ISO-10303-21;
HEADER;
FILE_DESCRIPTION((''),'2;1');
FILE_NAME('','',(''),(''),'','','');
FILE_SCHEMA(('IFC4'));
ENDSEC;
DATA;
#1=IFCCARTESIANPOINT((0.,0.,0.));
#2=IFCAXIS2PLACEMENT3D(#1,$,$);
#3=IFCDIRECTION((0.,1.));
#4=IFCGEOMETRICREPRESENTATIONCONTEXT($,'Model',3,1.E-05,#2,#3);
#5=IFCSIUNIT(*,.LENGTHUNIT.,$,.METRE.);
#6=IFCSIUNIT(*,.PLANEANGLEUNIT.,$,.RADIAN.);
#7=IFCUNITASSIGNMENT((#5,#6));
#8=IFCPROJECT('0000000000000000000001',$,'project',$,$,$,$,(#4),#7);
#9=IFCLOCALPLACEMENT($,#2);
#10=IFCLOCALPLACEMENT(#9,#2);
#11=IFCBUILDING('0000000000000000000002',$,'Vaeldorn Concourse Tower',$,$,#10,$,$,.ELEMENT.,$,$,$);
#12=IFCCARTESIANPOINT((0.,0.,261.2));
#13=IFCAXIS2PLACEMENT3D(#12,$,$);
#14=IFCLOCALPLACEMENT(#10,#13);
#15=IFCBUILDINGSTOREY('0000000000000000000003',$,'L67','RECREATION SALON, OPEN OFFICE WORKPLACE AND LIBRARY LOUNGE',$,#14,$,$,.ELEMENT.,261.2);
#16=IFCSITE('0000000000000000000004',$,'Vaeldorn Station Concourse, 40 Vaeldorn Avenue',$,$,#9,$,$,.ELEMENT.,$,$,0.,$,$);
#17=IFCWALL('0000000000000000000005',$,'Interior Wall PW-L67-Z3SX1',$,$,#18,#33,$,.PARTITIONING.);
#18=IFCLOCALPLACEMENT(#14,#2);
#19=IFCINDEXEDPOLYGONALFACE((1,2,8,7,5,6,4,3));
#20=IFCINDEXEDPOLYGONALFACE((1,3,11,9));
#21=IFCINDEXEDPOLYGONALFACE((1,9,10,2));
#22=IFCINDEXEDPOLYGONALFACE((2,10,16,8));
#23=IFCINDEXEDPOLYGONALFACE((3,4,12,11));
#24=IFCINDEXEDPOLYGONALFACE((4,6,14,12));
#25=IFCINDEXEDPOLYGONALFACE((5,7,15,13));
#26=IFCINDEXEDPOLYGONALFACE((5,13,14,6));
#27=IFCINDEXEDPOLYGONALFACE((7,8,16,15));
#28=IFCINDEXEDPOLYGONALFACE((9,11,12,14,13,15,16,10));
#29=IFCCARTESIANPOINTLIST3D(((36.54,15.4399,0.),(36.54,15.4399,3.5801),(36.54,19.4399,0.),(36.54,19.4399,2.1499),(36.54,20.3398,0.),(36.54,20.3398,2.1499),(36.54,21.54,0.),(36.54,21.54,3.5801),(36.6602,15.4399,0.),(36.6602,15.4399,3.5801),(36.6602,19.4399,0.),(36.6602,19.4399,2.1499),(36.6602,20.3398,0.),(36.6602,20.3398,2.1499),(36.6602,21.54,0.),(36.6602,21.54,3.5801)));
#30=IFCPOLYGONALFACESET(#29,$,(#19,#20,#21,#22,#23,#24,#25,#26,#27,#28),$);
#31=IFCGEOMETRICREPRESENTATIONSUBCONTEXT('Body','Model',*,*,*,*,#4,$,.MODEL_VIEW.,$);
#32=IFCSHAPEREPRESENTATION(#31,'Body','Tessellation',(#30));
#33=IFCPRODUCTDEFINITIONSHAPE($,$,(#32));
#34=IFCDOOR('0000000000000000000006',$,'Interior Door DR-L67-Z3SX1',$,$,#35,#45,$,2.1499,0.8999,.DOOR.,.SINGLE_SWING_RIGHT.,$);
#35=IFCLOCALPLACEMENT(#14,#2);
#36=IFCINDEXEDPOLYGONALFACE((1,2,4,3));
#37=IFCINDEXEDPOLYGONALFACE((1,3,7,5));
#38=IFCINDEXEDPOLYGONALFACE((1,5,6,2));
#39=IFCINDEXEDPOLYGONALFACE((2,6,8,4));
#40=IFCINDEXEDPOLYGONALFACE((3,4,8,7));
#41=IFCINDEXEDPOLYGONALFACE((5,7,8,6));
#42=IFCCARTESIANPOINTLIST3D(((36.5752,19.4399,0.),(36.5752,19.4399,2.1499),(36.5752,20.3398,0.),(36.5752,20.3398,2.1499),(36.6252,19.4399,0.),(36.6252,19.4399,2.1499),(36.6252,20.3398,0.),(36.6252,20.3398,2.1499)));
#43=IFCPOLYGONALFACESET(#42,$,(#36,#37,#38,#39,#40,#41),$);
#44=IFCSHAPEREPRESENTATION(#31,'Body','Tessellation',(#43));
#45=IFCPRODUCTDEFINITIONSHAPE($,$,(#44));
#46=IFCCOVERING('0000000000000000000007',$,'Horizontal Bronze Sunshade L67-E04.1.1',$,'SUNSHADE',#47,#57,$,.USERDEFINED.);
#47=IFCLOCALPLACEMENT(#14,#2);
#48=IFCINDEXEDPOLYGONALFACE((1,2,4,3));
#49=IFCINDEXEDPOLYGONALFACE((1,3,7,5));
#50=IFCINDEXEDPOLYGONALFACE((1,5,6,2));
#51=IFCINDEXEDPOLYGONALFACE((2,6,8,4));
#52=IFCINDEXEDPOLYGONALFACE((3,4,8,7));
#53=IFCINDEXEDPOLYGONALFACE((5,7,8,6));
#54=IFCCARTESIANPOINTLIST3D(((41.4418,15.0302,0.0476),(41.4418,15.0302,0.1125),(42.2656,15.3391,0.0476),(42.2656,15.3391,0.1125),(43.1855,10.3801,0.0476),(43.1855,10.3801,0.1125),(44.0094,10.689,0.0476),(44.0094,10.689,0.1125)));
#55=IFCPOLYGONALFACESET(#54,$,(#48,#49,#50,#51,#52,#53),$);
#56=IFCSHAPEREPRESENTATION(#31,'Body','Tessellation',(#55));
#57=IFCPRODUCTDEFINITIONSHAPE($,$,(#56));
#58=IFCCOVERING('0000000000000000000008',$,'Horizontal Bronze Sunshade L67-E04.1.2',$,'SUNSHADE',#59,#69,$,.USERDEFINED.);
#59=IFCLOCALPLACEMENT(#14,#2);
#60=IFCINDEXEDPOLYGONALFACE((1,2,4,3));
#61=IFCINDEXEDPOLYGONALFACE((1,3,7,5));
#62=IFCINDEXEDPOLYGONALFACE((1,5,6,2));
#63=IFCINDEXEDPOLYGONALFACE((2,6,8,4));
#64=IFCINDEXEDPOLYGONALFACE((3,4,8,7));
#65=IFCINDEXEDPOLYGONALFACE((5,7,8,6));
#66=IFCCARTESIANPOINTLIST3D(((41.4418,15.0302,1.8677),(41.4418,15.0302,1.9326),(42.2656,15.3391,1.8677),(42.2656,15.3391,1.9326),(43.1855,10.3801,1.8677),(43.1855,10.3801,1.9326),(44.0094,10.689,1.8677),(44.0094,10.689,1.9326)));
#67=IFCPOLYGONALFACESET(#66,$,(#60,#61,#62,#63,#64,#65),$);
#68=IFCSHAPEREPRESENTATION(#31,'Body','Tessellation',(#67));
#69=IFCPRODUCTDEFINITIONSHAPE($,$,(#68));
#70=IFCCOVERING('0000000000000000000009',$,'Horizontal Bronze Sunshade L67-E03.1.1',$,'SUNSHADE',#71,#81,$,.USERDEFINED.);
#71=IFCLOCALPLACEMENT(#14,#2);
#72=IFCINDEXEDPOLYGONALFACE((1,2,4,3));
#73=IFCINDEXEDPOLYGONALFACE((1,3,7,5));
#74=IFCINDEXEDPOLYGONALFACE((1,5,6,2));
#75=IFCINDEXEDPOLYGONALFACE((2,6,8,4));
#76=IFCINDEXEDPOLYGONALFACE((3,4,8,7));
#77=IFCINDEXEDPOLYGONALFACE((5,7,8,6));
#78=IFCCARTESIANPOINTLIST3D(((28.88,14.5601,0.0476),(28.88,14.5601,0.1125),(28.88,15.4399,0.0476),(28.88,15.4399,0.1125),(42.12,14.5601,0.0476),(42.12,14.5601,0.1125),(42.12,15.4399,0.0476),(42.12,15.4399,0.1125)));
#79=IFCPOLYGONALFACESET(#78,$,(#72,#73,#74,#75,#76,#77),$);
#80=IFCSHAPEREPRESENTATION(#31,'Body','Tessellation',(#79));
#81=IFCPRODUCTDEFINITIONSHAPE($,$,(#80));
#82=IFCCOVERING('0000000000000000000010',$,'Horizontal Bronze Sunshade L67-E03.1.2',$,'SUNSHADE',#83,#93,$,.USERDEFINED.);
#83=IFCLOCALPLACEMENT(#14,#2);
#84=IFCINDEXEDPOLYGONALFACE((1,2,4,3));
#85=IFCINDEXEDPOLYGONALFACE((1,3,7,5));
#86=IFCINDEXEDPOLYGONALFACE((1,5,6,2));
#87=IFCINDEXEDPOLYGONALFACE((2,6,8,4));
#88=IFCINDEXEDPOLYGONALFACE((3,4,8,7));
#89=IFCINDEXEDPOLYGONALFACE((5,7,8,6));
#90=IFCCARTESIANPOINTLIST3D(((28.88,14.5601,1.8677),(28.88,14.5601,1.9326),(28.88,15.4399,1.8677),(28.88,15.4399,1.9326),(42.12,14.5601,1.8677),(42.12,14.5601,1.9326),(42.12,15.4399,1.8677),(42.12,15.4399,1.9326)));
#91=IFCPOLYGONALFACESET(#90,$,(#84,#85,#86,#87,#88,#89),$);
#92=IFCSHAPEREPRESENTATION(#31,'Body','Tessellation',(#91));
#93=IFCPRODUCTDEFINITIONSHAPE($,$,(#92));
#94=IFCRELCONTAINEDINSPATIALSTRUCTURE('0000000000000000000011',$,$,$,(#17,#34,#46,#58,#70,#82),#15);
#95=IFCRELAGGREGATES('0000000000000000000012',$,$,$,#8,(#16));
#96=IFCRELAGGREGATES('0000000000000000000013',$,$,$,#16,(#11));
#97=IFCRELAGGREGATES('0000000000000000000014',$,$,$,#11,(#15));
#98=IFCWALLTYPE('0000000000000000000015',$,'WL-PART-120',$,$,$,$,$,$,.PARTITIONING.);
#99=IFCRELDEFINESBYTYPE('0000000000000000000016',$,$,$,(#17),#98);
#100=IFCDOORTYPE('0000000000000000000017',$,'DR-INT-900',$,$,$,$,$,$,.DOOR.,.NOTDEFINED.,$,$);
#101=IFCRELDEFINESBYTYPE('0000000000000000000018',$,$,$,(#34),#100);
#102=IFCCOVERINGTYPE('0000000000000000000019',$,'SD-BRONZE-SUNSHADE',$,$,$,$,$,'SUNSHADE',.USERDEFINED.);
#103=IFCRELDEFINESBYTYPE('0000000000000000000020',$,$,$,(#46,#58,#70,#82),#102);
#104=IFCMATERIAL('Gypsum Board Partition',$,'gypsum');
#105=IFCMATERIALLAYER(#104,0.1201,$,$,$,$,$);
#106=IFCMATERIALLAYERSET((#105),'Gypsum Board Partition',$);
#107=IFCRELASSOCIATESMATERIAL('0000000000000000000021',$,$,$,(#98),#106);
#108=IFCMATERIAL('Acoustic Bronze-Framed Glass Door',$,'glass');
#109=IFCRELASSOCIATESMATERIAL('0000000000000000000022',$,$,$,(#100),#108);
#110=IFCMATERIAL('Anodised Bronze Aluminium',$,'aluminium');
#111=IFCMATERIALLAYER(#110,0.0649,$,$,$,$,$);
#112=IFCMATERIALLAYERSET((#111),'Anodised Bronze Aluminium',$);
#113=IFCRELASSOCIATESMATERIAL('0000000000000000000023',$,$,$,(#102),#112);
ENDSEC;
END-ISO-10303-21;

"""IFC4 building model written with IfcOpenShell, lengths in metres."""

from ifc_helpers import new_model, si_unit, direction, frame, frame_2d, origin, origin_2d, place, context, subcontext, project, spatial, rectangle, extrude, source, transform, mapped, material, layer, layer_set, type_object, element, fill, save


model = new_model("IFC4")

# Units and contexts
model_context = context("Model", 3, precision=1e-05, world=origin(), true_north=direction((0.0, 1.0)))
body_context = subcontext(model_context, "Body", "Model", "MODEL_VIEW")
ifc_project = project(units=[si_unit("LENGTHUNIT", "METRE"), si_unit("PLANEANGLEUNIT", "RADIAN")], contexts=[model_context])

# Site, building, storey
site_placement = place(None, origin())
site = spatial("IfcSite", under=ifc_project, at=site_placement, Name="Vaeldorn Station Concourse, 40 Vaeldorn Avenue", CompositionType="ELEMENT", RefElevation=0.0)
building_placement = place(site_placement, origin())
building = spatial("IfcBuilding", under=site, at=building_placement, Name="Vaeldorn Concourse Tower", CompositionType="ELEMENT")
storey_placement = place(building_placement, frame((0.0, 0.0, 261.2)))
storey = spatial("IfcBuildingStorey", under=building, at=storey_placement, Name="L67", Description="RECREATION SALON, OPEN OFFICE WORKPLACE AND LIBRARY LOUNGE", CompositionType="ELEMENT", Elevation=261.2)

# Shared definitions
ifc_material_1 = material(Name="Anodised Bronze Aluminium", Category="aluminium")

# Wall, opening, door
ifc_material_2 = material(Name="Gypsum Board Partition", Category="gypsum")
ifc_layer_1 = layer(ifc_material_2, 0.1201)
ifc_layer_set_1 = layer_set([ifc_layer_1], Name="Gypsum Board Partition")
wall_type = type_object("IfcWallType", Name="WL-PART-120", PredefinedType="PARTITIONING", material=ifc_layer_set_1)
wall_placement = place(storey_placement, frame((36.6001, 15.4399, 0.0), z_axis=(0.0, 0.0, 1.0), x_axis=(0.0, 1.0, 0.0)))
wall = element("IfcWall", 1, at=wall_placement, inside=storey, type_object=wall_type, Name="Interior Wall PW-L67-Z3SX1", PredefinedType="PARTITIONING", context=body_context, shape_type="SweptSolid", body=[
    extrude(rectangle(XDim=6.1001, YDim=0.1201, at=frame_2d((3.05, 0.0))), origin(), (0.0, 0.0, 1.0), 3.5801),
])
opening_placement = place(wall_placement, frame((4.0, 0.0, 0.0)))
opening = element("IfcOpeningElement", 2, at=opening_placement, cuts=wall, PredefinedType="OPENING", context=body_context, shape_type="SweptSolid", body=[
    extrude(rectangle(XDim=0.8999, YDim=2.1499, at=frame_2d((0.45, 1.075))), frame((0.0, 0.0701, 0.0), z_axis=(0.0, -1.0, 0.0), x_axis=(1.0, 0.0, 0.0)), (0.0, 0.0, 1.0), 0.1401),
])
ifc_material_3 = material(Name="Acoustic Bronze-Framed Glass Door", Category="glass")
door_type = type_object("IfcDoorType", Name="DR-INT-900", OperationType="NOTDEFINED", PredefinedType="DOOR", material=ifc_material_3)
shared_shape_1 = source(origin(), body_context, "Body", "SweptSolid", [
    extrude(rectangle(XDim=0.8999, YDim=2.1499, at=frame_2d((0.45, 1.075))), frame((0.0, 0.0249, 0.0), z_axis=(0.0, -1.0, 0.0), x_axis=(1.0, 0.0, 0.0)), (0.0, 0.0, 1.0), 0.05),
])
door_placement = place(opening_placement, origin())
door = element("IfcDoor", 3, at=door_placement, inside=storey, type_object=door_type, Name="Interior Door DR-L67-Z3SX1", OperationType="SINGLE_SWING_RIGHT", OverallHeight=2.1499, OverallWidth=0.8999, PredefinedType="DOOR", context=body_context, shape_type="MappedRepresentation", body=[
    mapped(shared_shape_1, transform((0.0, 0.0, 0.0), scale=1.0)),
])
fill(opening, door)

# Coverings
ifc_layer_2 = layer(ifc_material_1, 0.0649)
ifc_layer_set_2 = layer_set([ifc_layer_2], Name="Anodised Bronze Aluminium")
covering_type = type_object("IfcCoveringType", Name="SD-BRONZE-SUNSHADE", ElementType="SUNSHADE", PredefinedType="USERDEFINED", material=ifc_layer_set_2)
shared_shape_2 = source(origin(), body_context, "Body", "SweptSolid", [
    extrude(rectangle(XDim=4.9663, YDim=0.8799, at=origin_2d()), origin(), (0.0, 0.0, 1.0), 0.0649),
])
for number, where, z_axis, x_axis, name in (
    (4, (42.7256, 12.8596, 0.0476), (0.0, 0.0, 1.0), (0.351123, -0.936329, 0.0), "Horizontal Bronze Sunshade L67-E04.1.1"),
    (5, (42.7256, 12.8596, 1.8677), (0.0, 0.0, 1.0), (0.351123, -0.936329, 0.0), "Horizontal Bronze Sunshade L67-E04.1.2"),
):
    element("IfcCovering", number, at=place(storey_placement, frame(where, z_axis=z_axis, x_axis=x_axis)), inside=storey, type_object=covering_type, Name=name, ObjectType="SUNSHADE", PredefinedType="USERDEFINED", context=body_context, shape_type="MappedRepresentation", body=[
        mapped(shared_shape_2, transform((0.0, 0.0, 0.0), scale=1.0)),
    ])
shared_shape_3 = source(origin(), body_context, "Body", "SweptSolid", [
    extrude(rectangle(XDim=13.24, YDim=0.8799, at=origin_2d()), origin(), (0.0, 0.0, 1.0), 0.0649),
])
for number, where, z_axis, x_axis, name in (
    (6, (35.5, 15.0, 0.0476), (0.0, 0.0, 1.0), (1.0, 0.0, 0.0), "Horizontal Bronze Sunshade L67-E03.1.1"),
    (7, (35.5, 15.0, 1.8677), (0.0, 0.0, 1.0), (1.0, 0.0, 0.0), "Horizontal Bronze Sunshade L67-E03.1.2"),
):
    element("IfcCovering", number, at=place(storey_placement, frame(where, z_axis=z_axis, x_axis=x_axis)), inside=storey, type_object=covering_type, Name=name, ObjectType="SUNSHADE", PredefinedType="USERDEFINED", context=body_context, shape_type="MappedRepresentation", body=[
        mapped(shared_shape_3, transform((0.0, 0.0, 0.0), scale=1.0)),
    ])

save(model, "model.ifc")
